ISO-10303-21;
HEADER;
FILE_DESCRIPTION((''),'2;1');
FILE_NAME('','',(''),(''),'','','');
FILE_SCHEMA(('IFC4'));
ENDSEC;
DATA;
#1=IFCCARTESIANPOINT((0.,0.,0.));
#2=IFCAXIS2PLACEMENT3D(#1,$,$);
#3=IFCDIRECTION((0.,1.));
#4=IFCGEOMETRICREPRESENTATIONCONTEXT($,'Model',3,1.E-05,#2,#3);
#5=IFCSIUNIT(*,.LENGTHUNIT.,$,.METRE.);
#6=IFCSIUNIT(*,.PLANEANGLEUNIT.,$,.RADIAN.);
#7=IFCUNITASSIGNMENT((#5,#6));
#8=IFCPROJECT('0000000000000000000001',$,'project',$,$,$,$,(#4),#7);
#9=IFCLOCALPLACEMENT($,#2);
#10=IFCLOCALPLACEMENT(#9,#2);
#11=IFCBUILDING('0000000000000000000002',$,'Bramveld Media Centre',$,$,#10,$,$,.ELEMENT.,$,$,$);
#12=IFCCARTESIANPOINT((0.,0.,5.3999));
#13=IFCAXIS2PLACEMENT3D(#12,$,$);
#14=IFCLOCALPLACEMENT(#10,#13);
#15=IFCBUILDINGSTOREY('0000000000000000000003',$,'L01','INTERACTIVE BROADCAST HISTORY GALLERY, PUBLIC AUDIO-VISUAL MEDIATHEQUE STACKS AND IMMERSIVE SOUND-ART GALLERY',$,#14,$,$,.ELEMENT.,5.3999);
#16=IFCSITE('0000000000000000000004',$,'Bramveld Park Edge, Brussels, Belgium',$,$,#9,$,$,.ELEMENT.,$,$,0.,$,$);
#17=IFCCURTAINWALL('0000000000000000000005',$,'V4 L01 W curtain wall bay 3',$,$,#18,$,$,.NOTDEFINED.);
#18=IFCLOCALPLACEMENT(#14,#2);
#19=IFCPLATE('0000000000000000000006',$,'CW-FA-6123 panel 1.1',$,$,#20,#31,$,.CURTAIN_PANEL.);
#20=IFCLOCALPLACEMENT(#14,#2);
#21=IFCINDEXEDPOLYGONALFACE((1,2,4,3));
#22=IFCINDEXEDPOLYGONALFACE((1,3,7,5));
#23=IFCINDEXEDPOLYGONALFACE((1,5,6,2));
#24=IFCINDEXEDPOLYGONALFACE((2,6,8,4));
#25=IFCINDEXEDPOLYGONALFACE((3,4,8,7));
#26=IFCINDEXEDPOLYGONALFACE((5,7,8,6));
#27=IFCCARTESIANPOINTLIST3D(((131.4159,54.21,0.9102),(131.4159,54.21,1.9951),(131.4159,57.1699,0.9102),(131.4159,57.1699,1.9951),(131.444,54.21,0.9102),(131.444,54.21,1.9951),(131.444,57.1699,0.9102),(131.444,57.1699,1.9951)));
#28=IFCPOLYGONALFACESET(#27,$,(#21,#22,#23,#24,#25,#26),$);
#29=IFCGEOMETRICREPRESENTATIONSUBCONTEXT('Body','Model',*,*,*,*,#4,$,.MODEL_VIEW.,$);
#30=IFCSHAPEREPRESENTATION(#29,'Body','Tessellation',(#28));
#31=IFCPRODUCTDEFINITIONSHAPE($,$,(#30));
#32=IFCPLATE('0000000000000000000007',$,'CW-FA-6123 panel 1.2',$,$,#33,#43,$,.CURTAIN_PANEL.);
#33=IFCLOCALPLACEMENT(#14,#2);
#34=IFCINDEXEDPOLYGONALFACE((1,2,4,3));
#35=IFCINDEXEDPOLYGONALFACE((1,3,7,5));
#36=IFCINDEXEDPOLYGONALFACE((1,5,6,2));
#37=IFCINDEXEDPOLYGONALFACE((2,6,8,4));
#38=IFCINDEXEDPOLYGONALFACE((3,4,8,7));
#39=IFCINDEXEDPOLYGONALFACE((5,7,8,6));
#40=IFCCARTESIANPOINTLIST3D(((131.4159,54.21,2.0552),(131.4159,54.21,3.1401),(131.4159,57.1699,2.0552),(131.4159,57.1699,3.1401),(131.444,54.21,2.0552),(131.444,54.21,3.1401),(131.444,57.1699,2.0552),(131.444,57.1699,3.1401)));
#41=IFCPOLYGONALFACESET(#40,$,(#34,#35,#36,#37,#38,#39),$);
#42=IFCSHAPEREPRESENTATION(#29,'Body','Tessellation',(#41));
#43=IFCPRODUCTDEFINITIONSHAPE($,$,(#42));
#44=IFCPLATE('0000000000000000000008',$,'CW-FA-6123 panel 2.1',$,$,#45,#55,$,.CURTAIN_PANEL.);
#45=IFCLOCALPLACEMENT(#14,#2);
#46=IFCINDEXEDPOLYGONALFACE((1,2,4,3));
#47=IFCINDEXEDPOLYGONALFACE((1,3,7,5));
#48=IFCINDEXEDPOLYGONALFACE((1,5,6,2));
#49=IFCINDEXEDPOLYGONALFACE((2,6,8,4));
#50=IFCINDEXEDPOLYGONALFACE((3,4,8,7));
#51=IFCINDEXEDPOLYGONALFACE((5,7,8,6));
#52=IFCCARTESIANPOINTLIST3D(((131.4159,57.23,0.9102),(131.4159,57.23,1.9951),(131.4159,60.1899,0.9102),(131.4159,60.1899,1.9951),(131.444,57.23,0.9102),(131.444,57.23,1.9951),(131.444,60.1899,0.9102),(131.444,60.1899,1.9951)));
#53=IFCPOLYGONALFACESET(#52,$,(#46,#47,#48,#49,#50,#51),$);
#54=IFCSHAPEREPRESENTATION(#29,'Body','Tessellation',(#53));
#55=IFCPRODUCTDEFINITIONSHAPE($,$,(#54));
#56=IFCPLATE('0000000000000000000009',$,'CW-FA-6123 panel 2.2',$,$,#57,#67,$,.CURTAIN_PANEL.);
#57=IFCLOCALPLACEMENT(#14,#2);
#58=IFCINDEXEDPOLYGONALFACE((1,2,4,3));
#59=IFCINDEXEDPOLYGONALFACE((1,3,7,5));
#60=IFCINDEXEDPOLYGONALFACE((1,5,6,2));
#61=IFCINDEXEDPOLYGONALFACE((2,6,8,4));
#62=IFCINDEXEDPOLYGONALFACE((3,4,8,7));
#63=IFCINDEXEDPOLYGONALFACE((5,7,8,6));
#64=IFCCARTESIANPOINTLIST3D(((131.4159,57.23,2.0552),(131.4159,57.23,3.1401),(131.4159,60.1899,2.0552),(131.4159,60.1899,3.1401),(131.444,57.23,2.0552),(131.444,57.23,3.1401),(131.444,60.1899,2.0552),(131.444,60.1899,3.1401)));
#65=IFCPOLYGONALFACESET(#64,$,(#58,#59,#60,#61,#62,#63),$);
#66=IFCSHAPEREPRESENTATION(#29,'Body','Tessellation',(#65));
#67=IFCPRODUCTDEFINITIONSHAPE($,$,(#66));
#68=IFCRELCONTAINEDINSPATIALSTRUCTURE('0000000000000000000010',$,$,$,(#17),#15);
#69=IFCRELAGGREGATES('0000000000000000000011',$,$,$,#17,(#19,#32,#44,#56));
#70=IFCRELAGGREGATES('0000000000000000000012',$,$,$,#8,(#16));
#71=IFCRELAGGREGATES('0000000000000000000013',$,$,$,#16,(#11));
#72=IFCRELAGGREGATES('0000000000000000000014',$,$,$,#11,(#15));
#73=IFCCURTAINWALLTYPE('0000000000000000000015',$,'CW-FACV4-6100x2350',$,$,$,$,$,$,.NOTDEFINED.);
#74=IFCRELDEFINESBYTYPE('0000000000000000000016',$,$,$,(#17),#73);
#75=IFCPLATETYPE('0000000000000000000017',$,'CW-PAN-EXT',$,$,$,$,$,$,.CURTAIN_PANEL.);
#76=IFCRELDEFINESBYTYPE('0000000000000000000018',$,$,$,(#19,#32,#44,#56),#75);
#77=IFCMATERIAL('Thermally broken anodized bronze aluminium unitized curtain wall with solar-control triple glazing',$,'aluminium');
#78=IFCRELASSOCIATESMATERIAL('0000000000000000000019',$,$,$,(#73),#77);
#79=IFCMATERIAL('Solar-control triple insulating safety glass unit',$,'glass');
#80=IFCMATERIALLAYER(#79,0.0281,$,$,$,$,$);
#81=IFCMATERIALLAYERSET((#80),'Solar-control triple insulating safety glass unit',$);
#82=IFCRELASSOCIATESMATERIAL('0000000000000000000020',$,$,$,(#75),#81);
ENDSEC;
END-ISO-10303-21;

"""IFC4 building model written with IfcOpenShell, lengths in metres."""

from ifc_helpers import new_model, si_unit, direction, frame, origin, origin_2d, place, context, subcontext, project, spatial, rectangle, extrude, material, layer, layer_set, type_object, element, aggregate, save


model = new_model("IFC4")

# Units and contexts
model_context = context("Model", 3, precision=1e-05, world=origin(), true_north=direction((0.0, 1.0)))
body_context = subcontext(model_context, "Body", "Model", "MODEL_VIEW")
ifc_project = project(units=[si_unit("LENGTHUNIT", "METRE"), si_unit("PLANEANGLEUNIT", "RADIAN")], contexts=[model_context])

# Site, building, storey
site_placement = place(None, origin())
site = spatial("IfcSite", under=ifc_project, at=site_placement, Name="Bramveld Park Edge, Brussels, Belgium", CompositionType="ELEMENT", RefElevation=0.0)
building_placement = place(site_placement, origin())
building = spatial("IfcBuilding", under=site, at=building_placement, Name="Bramveld Media Centre", CompositionType="ELEMENT")
storey_placement = place(building_placement, frame((0.0, 0.0, 5.3999)))
storey = spatial("IfcBuildingStorey", under=building, at=storey_placement, Name="L01", Description="INTERACTIVE BROADCAST HISTORY GALLERY, PUBLIC AUDIO-VISUAL MEDIATHEQUE STACKS AND IMMERSIVE SOUND-ART GALLERY", CompositionType="ELEMENT", Elevation=5.3999)

# Curtain wall
ifc_material_1 = material(Name="Thermally broken anodized bronze aluminium unitized curtain wall with solar-control triple glazing", Category="aluminium")
curtain_wall_type = type_object("IfcCurtainWallType", Name="CW-FACV4-6100x2350", PredefinedType="NOTDEFINED", material=ifc_material_1)
curtain_wall_1_placement = place(storey_placement, origin())
curtain_wall_1 = element("IfcCurtainWall", 1, at=curtain_wall_1_placement, inside=storey, type_object=curtain_wall_type, Name="V4 L01 W curtain wall bay 3", PredefinedType="NOTDEFINED")

# Plates
ifc_material_2 = material(Name="Solar-control triple insulating safety glass unit", Category="glass")
ifc_layer = layer(ifc_material_2, 0.0281)
ifc_layer_set = layer_set([ifc_layer], Name="Solar-control triple insulating safety glass unit")
plate_type = type_object("IfcPlateType", Name="CW-PAN-EXT", PredefinedType="CURTAIN_PANEL", material=ifc_layer_set)
plate_1_placement = place(storey_placement, frame((131.4299, 55.6899, 0.9102), z_axis=(0.0, 0.0, 1.0), x_axis=(0.0, 1.0, 0.0)))
plate_1 = element("IfcPlate", 2, at=plate_1_placement, type_object=plate_type, Name="CW-FA-6123 panel 1.1", PredefinedType="CURTAIN_PANEL", context=body_context, shape_type="SweptSolid", body=[
    extrude(rectangle(XDim=2.96, YDim=0.0281, at=origin_2d()), origin(), (0.0, 0.0, 1.0), 1.085),
])
plate_2_placement = place(storey_placement, frame((131.4299, 55.6899, 2.0552), z_axis=(0.0, 0.0, 1.0), x_axis=(0.0, 1.0, 0.0)))
plate_2 = element("IfcPlate", 3, at=plate_2_placement, type_object=plate_type, Name="CW-FA-6123 panel 1.2", PredefinedType="CURTAIN_PANEL", context=body_context, shape_type="SweptSolid", body=[
    extrude(rectangle(XDim=2.96, YDim=0.0281, at=origin_2d()), origin(), (0.0, 0.0, 1.0), 1.085),
])
plate_3_placement = place(storey_placement, frame((131.4299, 58.71, 0.9102), z_axis=(0.0, 0.0, 1.0), x_axis=(0.0, 1.0, 0.0)))
plate_3 = element("IfcPlate", 4, at=plate_3_placement, type_object=plate_type, Name="CW-FA-6123 panel 2.1", PredefinedType="CURTAIN_PANEL", context=body_context, shape_type="SweptSolid", body=[
    extrude(rectangle(XDim=2.96, YDim=0.0281, at=origin_2d()), origin(), (0.0, 0.0, 1.0), 1.085),
])
plate_4_placement = place(storey_placement, frame((131.4299, 58.71, 2.0552), z_axis=(0.0, 0.0, 1.0), x_axis=(0.0, 1.0, 0.0)))
plate_4 = element("IfcPlate", 5, at=plate_4_placement, type_object=plate_type, Name="CW-FA-6123 panel 2.2", PredefinedType="CURTAIN_PANEL", context=body_context, shape_type="SweptSolid", body=[
    extrude(rectangle(XDim=2.96, YDim=0.0281, at=origin_2d()), origin(), (0.0, 0.0, 1.0), 1.085),
])
aggregate(curtain_wall_1, [plate_1, plate_2, plate_3, plate_4])

save(model, "model.ifc")
